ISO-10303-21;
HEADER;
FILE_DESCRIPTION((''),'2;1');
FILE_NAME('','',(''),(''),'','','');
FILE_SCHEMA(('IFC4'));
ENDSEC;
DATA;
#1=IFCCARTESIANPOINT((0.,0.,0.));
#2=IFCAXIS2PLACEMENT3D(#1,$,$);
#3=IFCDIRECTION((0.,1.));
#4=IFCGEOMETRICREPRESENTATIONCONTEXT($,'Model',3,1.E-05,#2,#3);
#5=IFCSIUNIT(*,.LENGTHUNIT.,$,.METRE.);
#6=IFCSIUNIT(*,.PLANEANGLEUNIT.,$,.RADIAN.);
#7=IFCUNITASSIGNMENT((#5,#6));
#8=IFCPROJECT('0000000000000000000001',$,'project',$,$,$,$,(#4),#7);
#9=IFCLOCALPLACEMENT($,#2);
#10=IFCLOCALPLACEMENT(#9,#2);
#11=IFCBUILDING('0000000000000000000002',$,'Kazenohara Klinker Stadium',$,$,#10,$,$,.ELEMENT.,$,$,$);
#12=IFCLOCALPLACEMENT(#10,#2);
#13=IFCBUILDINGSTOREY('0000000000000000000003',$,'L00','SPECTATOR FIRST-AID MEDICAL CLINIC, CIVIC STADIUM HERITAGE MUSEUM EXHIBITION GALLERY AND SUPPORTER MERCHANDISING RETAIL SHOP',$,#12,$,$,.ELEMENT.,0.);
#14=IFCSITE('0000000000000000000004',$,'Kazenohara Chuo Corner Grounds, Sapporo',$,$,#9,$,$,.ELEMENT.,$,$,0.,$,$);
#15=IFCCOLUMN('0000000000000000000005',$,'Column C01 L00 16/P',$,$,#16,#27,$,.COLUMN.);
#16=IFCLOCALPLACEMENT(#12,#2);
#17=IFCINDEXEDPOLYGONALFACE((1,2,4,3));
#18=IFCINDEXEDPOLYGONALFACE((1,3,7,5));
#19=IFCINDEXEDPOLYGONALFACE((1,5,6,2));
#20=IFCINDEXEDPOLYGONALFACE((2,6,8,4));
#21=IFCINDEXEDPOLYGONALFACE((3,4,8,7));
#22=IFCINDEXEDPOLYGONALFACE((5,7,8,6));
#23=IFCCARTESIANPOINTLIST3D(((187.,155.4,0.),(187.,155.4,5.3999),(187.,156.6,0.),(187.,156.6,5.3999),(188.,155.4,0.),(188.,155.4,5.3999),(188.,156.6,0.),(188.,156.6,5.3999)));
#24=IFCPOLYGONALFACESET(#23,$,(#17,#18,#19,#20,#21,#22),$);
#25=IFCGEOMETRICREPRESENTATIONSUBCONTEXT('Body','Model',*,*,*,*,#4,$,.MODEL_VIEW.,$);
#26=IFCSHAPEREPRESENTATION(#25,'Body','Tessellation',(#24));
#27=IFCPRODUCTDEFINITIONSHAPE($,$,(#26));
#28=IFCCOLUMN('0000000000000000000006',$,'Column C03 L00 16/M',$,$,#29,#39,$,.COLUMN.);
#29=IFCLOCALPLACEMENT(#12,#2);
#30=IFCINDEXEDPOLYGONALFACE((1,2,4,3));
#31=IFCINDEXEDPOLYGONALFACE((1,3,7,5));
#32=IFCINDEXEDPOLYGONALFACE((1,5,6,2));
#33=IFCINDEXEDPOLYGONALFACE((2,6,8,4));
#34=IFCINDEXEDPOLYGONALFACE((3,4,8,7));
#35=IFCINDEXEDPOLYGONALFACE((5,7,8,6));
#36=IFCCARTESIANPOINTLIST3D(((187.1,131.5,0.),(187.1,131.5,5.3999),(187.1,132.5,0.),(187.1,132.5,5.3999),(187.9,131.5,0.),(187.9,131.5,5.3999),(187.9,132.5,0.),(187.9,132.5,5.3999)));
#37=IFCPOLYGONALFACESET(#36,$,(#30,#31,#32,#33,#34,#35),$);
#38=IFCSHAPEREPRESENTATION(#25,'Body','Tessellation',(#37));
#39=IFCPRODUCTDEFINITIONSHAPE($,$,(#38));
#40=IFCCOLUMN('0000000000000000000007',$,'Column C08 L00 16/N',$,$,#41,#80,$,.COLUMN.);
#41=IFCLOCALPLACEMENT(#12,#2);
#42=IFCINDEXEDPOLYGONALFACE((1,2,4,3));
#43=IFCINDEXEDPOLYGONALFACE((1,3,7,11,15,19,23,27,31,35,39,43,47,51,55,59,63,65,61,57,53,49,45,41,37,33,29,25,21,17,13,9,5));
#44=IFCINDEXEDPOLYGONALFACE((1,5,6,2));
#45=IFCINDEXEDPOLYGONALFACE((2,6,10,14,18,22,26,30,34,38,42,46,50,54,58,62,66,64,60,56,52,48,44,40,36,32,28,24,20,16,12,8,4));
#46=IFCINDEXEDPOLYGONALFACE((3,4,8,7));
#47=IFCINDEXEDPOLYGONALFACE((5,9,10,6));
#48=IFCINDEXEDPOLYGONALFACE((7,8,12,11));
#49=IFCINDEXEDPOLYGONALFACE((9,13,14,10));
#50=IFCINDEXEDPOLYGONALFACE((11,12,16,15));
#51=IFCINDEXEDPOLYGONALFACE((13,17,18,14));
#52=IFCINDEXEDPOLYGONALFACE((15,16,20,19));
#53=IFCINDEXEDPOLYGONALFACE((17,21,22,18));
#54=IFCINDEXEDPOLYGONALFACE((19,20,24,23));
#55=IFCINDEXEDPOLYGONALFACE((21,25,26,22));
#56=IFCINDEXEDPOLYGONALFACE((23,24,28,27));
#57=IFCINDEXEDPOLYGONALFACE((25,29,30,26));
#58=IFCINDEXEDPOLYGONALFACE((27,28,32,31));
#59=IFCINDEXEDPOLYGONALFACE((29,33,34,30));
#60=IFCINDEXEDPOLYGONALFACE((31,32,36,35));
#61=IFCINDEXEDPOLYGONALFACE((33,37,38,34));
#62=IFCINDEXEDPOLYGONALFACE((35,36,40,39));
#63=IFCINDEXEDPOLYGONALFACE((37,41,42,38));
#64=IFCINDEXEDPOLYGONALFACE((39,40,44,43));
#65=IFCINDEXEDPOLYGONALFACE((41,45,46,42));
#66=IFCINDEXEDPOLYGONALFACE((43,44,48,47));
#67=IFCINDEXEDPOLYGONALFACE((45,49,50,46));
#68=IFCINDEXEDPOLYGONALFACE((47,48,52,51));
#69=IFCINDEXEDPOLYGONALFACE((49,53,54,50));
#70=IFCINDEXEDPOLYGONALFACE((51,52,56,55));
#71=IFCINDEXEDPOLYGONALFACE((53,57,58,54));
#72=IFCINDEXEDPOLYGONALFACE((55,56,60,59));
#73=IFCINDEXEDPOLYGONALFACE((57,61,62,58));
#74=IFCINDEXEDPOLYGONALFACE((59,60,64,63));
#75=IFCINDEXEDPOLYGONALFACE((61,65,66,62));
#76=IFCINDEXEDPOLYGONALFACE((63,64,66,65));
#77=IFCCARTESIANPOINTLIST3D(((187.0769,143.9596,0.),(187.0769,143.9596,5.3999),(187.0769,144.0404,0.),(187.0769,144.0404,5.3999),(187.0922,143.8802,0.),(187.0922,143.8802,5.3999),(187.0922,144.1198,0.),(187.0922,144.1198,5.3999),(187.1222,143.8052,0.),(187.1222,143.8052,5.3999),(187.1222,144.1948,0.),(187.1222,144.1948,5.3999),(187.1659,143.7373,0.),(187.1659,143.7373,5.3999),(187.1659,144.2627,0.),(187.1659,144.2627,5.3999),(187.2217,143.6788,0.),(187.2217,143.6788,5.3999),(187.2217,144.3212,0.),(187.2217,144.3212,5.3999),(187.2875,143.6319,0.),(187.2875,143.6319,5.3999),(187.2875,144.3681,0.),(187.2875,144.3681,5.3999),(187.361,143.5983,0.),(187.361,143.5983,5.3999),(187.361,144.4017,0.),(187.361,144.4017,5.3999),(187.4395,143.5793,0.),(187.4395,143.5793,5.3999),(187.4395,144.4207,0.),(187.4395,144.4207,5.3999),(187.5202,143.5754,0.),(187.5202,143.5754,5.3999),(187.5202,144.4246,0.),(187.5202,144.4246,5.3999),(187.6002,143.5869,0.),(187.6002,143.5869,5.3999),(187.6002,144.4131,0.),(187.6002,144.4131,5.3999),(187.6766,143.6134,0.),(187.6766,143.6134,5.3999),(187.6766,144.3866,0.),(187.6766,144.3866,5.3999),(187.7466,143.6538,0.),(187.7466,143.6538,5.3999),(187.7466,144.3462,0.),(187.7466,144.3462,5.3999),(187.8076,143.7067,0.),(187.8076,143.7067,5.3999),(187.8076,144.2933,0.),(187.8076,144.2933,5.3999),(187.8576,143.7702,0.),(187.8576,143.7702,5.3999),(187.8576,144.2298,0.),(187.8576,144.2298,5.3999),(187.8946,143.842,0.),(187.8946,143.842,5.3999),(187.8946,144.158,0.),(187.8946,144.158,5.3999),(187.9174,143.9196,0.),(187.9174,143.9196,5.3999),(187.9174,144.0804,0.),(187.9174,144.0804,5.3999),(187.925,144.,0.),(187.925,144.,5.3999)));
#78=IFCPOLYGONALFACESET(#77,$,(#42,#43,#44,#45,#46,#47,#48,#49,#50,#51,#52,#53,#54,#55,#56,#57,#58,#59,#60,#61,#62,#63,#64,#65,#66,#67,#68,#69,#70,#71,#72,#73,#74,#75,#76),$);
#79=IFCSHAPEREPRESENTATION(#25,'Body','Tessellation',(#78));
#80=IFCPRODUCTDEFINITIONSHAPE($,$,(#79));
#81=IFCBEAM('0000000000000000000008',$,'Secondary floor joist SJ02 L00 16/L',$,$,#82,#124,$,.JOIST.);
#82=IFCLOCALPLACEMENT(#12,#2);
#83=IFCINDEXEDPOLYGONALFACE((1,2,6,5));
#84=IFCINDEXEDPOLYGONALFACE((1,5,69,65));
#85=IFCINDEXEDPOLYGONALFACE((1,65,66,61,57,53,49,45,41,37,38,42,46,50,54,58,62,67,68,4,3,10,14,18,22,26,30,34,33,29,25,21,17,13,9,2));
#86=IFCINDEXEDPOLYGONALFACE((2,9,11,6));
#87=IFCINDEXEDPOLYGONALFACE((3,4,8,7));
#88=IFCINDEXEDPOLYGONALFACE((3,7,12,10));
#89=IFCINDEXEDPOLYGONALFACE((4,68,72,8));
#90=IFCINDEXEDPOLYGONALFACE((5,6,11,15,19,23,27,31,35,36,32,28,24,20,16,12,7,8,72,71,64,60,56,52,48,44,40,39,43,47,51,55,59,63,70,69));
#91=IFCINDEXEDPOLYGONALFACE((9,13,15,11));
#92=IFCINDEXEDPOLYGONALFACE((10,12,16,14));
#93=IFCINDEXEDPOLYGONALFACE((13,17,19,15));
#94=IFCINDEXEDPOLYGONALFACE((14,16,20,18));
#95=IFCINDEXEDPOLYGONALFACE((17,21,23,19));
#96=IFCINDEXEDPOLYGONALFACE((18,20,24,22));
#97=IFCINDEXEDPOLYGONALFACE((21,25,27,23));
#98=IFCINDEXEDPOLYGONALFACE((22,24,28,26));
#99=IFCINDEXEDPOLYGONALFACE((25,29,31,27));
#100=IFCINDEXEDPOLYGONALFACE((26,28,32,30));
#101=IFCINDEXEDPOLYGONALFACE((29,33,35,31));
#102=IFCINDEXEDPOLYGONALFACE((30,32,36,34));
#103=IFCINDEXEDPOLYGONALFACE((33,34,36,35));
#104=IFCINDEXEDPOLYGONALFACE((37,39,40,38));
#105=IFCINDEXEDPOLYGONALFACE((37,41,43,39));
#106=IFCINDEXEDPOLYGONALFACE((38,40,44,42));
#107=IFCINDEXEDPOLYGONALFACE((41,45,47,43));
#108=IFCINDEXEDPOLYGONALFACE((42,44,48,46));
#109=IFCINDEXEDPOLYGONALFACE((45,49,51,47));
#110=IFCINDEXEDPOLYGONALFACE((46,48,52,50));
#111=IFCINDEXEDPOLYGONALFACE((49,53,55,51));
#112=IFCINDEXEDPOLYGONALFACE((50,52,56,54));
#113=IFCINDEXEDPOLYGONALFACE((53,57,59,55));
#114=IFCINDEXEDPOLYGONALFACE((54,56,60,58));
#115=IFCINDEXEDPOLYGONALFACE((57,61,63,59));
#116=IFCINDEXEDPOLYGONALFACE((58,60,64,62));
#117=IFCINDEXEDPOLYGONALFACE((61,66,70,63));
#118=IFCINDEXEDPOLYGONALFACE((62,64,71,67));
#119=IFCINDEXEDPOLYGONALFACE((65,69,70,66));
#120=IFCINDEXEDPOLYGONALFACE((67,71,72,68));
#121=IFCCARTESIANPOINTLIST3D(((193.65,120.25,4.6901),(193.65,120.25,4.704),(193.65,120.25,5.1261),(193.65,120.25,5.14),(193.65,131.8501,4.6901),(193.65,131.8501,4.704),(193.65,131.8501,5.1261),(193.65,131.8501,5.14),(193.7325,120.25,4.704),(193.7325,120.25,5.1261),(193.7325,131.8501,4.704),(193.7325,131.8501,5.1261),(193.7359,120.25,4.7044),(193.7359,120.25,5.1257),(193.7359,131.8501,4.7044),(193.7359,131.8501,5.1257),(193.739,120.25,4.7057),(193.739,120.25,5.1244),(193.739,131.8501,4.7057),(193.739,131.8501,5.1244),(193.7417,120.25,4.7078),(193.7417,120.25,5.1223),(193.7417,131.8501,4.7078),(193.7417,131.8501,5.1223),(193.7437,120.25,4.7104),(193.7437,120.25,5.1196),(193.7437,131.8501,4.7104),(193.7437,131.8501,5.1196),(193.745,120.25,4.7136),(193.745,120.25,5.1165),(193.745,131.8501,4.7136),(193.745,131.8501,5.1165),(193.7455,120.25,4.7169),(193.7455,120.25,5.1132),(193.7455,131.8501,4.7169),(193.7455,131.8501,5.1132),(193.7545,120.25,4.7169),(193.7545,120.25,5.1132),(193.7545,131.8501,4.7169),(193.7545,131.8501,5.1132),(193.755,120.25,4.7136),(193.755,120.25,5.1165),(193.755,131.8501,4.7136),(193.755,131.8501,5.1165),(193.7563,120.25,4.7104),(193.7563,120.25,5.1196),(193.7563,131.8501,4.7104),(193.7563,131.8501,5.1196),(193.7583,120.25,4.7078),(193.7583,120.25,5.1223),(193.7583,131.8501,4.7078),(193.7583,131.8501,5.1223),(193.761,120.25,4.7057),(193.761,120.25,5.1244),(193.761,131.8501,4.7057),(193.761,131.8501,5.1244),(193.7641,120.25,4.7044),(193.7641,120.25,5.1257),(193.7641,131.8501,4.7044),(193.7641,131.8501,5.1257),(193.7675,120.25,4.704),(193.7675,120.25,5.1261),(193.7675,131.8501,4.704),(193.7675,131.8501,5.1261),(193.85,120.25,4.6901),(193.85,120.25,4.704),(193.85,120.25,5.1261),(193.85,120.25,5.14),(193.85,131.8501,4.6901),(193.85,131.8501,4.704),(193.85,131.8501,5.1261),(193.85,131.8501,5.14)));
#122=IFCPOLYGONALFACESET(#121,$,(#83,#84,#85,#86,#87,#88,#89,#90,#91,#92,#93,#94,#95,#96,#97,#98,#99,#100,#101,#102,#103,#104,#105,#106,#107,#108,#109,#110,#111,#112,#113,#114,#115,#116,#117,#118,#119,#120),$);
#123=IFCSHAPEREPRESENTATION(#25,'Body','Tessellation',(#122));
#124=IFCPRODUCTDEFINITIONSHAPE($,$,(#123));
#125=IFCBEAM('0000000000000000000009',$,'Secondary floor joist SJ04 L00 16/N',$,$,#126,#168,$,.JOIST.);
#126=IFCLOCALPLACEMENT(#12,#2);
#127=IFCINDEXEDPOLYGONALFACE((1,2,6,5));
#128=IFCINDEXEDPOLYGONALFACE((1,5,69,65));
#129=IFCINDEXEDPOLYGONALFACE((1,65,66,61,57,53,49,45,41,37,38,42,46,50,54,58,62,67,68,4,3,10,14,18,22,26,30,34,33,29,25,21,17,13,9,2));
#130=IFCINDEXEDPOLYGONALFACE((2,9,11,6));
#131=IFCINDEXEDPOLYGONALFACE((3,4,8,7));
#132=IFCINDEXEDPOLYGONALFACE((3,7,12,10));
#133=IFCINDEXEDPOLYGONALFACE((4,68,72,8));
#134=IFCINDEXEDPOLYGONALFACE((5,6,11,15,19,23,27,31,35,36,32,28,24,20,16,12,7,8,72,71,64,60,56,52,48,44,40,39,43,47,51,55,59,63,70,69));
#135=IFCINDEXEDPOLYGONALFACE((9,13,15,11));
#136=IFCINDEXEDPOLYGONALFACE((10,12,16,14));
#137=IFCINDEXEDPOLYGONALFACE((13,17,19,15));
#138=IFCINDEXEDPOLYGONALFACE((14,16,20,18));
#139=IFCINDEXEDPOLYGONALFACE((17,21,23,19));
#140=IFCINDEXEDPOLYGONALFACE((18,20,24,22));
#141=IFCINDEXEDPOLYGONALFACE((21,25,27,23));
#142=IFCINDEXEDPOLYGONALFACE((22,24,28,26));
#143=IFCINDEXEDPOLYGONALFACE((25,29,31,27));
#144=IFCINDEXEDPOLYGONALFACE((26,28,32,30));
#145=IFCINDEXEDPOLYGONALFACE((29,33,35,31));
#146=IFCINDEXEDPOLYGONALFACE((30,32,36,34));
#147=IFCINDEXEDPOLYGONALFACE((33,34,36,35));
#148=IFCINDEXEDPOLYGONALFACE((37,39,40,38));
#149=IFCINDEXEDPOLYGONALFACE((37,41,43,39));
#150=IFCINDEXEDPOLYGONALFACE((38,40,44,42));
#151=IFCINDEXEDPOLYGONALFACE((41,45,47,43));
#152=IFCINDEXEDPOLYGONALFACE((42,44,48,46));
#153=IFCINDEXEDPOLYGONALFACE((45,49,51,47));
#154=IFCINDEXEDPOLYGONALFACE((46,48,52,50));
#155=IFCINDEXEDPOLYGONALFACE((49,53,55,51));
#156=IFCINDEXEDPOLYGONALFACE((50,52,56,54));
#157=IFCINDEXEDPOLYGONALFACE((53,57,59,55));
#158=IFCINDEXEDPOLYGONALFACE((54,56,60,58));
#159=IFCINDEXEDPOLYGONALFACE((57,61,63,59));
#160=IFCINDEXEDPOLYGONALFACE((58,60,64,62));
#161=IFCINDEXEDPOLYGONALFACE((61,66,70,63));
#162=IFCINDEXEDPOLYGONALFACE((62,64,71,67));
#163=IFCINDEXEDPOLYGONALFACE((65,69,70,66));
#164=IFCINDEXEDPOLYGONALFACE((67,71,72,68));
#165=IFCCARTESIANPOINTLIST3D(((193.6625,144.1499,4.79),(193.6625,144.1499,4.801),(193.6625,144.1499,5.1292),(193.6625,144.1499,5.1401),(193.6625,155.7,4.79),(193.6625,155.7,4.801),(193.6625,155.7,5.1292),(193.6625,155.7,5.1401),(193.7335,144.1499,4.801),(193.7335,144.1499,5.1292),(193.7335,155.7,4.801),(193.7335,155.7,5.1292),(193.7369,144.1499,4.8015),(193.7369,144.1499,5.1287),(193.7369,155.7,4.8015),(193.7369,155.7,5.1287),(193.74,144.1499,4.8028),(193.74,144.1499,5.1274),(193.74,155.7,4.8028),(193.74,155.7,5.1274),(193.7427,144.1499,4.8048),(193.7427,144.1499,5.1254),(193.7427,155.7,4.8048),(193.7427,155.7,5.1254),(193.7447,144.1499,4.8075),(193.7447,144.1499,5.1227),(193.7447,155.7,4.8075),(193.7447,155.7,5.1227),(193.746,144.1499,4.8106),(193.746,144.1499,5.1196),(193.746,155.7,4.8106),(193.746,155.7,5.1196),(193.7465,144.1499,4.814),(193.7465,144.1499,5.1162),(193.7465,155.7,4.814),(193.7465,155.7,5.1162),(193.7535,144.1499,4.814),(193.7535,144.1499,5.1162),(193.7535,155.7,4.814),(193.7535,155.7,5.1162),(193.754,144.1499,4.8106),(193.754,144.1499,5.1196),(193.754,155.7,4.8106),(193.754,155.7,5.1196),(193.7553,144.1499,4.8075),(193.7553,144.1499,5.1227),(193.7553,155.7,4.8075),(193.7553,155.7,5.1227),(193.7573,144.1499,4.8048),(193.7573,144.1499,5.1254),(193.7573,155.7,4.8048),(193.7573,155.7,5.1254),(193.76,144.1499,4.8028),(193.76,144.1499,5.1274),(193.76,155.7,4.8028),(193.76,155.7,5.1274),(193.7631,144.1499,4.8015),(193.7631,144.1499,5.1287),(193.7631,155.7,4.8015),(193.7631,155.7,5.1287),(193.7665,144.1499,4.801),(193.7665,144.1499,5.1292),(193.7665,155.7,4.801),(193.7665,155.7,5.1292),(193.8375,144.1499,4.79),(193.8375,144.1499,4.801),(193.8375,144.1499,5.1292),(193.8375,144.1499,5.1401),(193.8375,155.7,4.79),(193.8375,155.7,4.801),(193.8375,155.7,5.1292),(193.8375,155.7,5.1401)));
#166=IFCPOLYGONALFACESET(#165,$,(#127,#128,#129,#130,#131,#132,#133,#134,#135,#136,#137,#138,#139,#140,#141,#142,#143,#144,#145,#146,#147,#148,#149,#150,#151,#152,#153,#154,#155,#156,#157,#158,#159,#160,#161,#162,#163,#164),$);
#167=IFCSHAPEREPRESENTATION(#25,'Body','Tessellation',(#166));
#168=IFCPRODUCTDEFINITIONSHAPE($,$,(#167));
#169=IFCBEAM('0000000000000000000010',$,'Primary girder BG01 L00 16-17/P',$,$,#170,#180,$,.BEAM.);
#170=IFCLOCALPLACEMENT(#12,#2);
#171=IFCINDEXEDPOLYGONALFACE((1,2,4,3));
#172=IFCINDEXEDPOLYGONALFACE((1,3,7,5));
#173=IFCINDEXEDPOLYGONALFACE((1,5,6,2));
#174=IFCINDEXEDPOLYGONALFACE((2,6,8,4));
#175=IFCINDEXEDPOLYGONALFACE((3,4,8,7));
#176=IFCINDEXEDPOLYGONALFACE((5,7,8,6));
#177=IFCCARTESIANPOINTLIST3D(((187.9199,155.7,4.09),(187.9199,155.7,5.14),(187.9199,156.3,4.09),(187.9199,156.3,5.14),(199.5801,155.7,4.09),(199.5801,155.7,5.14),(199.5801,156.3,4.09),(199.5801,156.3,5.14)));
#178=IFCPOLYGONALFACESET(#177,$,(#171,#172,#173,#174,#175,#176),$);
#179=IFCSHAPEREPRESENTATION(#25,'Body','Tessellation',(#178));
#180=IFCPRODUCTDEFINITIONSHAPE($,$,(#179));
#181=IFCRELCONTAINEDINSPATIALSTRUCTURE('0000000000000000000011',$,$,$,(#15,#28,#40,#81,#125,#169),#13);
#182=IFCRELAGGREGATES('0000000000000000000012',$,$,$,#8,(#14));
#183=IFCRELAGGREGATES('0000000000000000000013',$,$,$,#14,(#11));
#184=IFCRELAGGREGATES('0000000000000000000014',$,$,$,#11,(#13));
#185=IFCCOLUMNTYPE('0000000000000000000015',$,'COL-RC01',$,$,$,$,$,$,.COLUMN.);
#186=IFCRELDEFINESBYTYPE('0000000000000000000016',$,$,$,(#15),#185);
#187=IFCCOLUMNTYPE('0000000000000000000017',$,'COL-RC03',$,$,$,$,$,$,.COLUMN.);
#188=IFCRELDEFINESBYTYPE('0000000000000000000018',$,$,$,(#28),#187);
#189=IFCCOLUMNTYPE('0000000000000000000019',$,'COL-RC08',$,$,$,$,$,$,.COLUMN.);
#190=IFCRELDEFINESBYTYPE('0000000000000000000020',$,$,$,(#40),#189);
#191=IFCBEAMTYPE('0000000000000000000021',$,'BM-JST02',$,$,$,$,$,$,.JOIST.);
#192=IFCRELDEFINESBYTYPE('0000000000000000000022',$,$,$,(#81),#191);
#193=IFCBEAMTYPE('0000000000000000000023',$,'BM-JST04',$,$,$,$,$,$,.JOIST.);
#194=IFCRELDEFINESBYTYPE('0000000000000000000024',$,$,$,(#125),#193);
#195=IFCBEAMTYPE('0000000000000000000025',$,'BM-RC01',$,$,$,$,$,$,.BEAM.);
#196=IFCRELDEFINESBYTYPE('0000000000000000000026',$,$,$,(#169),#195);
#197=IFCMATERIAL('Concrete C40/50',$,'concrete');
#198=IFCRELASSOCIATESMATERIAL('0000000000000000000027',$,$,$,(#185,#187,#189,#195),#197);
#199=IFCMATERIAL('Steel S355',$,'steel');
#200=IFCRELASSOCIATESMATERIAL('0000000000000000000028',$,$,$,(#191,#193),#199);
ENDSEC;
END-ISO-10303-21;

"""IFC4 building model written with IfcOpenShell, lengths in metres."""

from ifc_helpers import new_model, si_unit, direction, frame, origin, origin_2d, place, context, subcontext, project, spatial, rectangle, circle, i_section, extrude, material, material_profile, profile_set, type_object, element, save


model = new_model("IFC4")

# Units and contexts
model_context = context("Model", 3, precision=1e-05, world=origin(), true_north=direction((0.0, 1.0)))
body_context = subcontext(model_context, "Body", "Model", "MODEL_VIEW")
ifc_project = project(units=[si_unit("LENGTHUNIT", "METRE"), si_unit("PLANEANGLEUNIT", "RADIAN")], contexts=[model_context])

# Site, building, storey
site_placement = place(None, origin())
site = spatial("IfcSite", under=ifc_project, at=site_placement, Name="Kazenohara Chuo Corner Grounds, Sapporo", CompositionType="ELEMENT", RefElevation=0.0)
building_placement = place(site_placement, origin())
building = spatial("IfcBuilding", under=site, at=building_placement, Name="Kazenohara Klinker Stadium", CompositionType="ELEMENT")
storey_placement = place(building_placement, origin())
storey = spatial("IfcBuildingStorey", under=building, at=storey_placement, Name="L00", Description="SPECTATOR FIRST-AID MEDICAL CLINIC, CIVIC STADIUM HERITAGE MUSEUM EXHIBITION GALLERY AND SUPPORTER MERCHANDISING RETAIL SHOP", CompositionType="ELEMENT", Elevation=0.0)

# Columns
ifc_material_1 = material(Name="Concrete C40/50", Category="concrete")
ifc_material_profile_1 = material_profile(ifc_material_1, rectangle(XDim=1.0, YDim=1.2, at=origin_2d()), Name="RC-COL-1200x1000")
ifc_profile_set_1 = profile_set([ifc_material_profile_1], Name="Concrete C40/50")
column_type_1 = type_object("IfcColumnType", Name="COL-RC01", PredefinedType="COLUMN", material=ifc_profile_set_1)
column_1_placement = place(storey_placement, frame((187.5, 156.0, 0.0), z_axis=(0.0, 0.0, 1.0), x_axis=(1.0, 0.0, 0.0)))
element("IfcColumn", 1, at=column_1_placement, inside=storey, type_object=column_type_1, Name="Column C01 L00 16/P", PredefinedType="COLUMN", context=body_context, shape_type="SweptSolid", body=[
    extrude(rectangle(XDim=1.0, YDim=1.2, at=origin_2d()), origin(), (0.0, 0.0, 1.0), 5.3999),
])
ifc_material_profile_2 = material_profile(ifc_material_1, rectangle(XDim=0.8, YDim=1.0, at=origin_2d()), Name="RC-COL-1000x800")
ifc_profile_set_2 = profile_set([ifc_material_profile_2], Name="Concrete C40/50")
column_type_2 = type_object("IfcColumnType", Name="COL-RC03", PredefinedType="COLUMN", material=ifc_profile_set_2)
column_2_placement = place(storey_placement, frame((187.5, 132.0, 0.0), z_axis=(0.0, 0.0, 1.0), x_axis=(1.0, 0.0, 0.0)))
element("IfcColumn", 2, at=column_2_placement, inside=storey, type_object=column_type_2, Name="Column C03 L00 16/M", PredefinedType="COLUMN", context=body_context, shape_type="SweptSolid", body=[
    extrude(rectangle(XDim=0.8, YDim=1.0, at=origin_2d()), origin(), (0.0, 0.0, 1.0), 5.3999),
])
ifc_material_profile_3 = material_profile(ifc_material_1, circle(Radius=0.425, at=origin_2d()), Name="RC-COL-D850")
ifc_profile_set_3 = profile_set([ifc_material_profile_3], Name="Concrete C40/50")
column_type_3 = type_object("IfcColumnType", Name="COL-RC08", PredefinedType="COLUMN", material=ifc_profile_set_3)
column_3_placement = place(storey_placement, frame((187.5, 144.0, 0.0), z_axis=(0.0, 0.0, 1.0), x_axis=(1.0, 0.0, 0.0)))
element("IfcColumn", 3, at=column_3_placement, inside=storey, type_object=column_type_3, Name="Column C08 L00 16/N", PredefinedType="COLUMN", context=body_context, shape_type="SweptSolid", body=[
    extrude(circle(Radius=0.425, at=origin_2d()), origin(), (0.0, 0.0, 1.0), 5.3999),
])

# Beams
ifc_material_2 = material(Name="Steel S355", Category="steel")
ifc_material_profile_4 = material_profile(ifc_material_2, i_section(OverallWidth=0.2, OverallDepth=0.45, WebThickness=0.009, FlangeThickness=0.0139, FilletRadius=0.0129, at=origin_2d()), Name="H-450x200x9x14")
ifc_profile_set_4 = profile_set([ifc_material_profile_4], Name="Steel S355")
beam_type_1 = type_object("IfcBeamType", Name="BM-JST02", PredefinedType="JOIST", material=ifc_profile_set_4)
beam_1_placement = place(storey_placement, frame((193.75, 120.25, 4.915), z_axis=(0.0, 1.0, 0.0), x_axis=(-1.0, 0.0, 0.0)))
element("IfcBeam", 4, at=beam_1_placement, inside=storey, type_object=beam_type_1, Name="Secondary floor joist SJ02 L00 16/L", PredefinedType="JOIST", context=body_context, shape_type="SweptSolid", body=[
    extrude(i_section(OverallWidth=0.2, OverallDepth=0.45, WebThickness=0.009, FlangeThickness=0.0139, FilletRadius=0.0129, at=origin_2d()), origin(), (0.0, 0.0, 1.0), 11.6001),
])
ifc_material_profile_5 = material_profile(ifc_material_2, i_section(OverallWidth=0.175, OverallDepth=0.3501, WebThickness=0.0071, FlangeThickness=0.011, FilletRadius=0.0129, at=origin_2d()), Name="H-350x175x7x11")
ifc_profile_set_5 = profile_set([ifc_material_profile_5], Name="Steel S355")
beam_type_2 = type_object("IfcBeamType", Name="BM-JST04", PredefinedType="JOIST", material=ifc_profile_set_5)
beam_2_placement = place(storey_placement, frame((193.75, 144.1499, 4.9651), z_axis=(0.0, 1.0, 0.0), x_axis=(-1.0, 0.0, 0.0)))
element("IfcBeam", 5, at=beam_2_placement, inside=storey, type_object=beam_type_2, Name="Secondary floor joist SJ04 L00 16/N", PredefinedType="JOIST", context=body_context, shape_type="SweptSolid", body=[
    extrude(i_section(OverallWidth=0.175, OverallDepth=0.3501, WebThickness=0.0071, FlangeThickness=0.011, FilletRadius=0.0129, at=origin_2d()), origin(), (0.0, 0.0, 1.0), 11.55),
])
ifc_material_profile_6 = material_profile(ifc_material_1, rectangle(XDim=0.6001, YDim=1.05, at=origin_2d()), Name="RC-BM-600x1050")
ifc_profile_set_6 = profile_set([ifc_material_profile_6], Name="Concrete C40/50")
beam_type_3 = type_object("IfcBeamType", Name="BM-RC01", PredefinedType="BEAM", material=ifc_profile_set_6)
beam_3_placement = place(storey_placement, frame((187.9199, 156.0, 4.615), z_axis=(1.0, 0.0, 0.0), x_axis=(0.0, 1.0, 0.0)))
element("IfcBeam", 6, at=beam_3_placement, inside=storey, type_object=beam_type_3, Name="Primary girder BG01 L00 16-17/P", PredefinedType="BEAM", context=body_context, shape_type="SweptSolid", body=[
    extrude(rectangle(XDim=0.6001, YDim=1.05, at=origin_2d()), origin(), (0.0, 0.0, 1.0), 11.6602),
])

save(model, "model.ifc")
